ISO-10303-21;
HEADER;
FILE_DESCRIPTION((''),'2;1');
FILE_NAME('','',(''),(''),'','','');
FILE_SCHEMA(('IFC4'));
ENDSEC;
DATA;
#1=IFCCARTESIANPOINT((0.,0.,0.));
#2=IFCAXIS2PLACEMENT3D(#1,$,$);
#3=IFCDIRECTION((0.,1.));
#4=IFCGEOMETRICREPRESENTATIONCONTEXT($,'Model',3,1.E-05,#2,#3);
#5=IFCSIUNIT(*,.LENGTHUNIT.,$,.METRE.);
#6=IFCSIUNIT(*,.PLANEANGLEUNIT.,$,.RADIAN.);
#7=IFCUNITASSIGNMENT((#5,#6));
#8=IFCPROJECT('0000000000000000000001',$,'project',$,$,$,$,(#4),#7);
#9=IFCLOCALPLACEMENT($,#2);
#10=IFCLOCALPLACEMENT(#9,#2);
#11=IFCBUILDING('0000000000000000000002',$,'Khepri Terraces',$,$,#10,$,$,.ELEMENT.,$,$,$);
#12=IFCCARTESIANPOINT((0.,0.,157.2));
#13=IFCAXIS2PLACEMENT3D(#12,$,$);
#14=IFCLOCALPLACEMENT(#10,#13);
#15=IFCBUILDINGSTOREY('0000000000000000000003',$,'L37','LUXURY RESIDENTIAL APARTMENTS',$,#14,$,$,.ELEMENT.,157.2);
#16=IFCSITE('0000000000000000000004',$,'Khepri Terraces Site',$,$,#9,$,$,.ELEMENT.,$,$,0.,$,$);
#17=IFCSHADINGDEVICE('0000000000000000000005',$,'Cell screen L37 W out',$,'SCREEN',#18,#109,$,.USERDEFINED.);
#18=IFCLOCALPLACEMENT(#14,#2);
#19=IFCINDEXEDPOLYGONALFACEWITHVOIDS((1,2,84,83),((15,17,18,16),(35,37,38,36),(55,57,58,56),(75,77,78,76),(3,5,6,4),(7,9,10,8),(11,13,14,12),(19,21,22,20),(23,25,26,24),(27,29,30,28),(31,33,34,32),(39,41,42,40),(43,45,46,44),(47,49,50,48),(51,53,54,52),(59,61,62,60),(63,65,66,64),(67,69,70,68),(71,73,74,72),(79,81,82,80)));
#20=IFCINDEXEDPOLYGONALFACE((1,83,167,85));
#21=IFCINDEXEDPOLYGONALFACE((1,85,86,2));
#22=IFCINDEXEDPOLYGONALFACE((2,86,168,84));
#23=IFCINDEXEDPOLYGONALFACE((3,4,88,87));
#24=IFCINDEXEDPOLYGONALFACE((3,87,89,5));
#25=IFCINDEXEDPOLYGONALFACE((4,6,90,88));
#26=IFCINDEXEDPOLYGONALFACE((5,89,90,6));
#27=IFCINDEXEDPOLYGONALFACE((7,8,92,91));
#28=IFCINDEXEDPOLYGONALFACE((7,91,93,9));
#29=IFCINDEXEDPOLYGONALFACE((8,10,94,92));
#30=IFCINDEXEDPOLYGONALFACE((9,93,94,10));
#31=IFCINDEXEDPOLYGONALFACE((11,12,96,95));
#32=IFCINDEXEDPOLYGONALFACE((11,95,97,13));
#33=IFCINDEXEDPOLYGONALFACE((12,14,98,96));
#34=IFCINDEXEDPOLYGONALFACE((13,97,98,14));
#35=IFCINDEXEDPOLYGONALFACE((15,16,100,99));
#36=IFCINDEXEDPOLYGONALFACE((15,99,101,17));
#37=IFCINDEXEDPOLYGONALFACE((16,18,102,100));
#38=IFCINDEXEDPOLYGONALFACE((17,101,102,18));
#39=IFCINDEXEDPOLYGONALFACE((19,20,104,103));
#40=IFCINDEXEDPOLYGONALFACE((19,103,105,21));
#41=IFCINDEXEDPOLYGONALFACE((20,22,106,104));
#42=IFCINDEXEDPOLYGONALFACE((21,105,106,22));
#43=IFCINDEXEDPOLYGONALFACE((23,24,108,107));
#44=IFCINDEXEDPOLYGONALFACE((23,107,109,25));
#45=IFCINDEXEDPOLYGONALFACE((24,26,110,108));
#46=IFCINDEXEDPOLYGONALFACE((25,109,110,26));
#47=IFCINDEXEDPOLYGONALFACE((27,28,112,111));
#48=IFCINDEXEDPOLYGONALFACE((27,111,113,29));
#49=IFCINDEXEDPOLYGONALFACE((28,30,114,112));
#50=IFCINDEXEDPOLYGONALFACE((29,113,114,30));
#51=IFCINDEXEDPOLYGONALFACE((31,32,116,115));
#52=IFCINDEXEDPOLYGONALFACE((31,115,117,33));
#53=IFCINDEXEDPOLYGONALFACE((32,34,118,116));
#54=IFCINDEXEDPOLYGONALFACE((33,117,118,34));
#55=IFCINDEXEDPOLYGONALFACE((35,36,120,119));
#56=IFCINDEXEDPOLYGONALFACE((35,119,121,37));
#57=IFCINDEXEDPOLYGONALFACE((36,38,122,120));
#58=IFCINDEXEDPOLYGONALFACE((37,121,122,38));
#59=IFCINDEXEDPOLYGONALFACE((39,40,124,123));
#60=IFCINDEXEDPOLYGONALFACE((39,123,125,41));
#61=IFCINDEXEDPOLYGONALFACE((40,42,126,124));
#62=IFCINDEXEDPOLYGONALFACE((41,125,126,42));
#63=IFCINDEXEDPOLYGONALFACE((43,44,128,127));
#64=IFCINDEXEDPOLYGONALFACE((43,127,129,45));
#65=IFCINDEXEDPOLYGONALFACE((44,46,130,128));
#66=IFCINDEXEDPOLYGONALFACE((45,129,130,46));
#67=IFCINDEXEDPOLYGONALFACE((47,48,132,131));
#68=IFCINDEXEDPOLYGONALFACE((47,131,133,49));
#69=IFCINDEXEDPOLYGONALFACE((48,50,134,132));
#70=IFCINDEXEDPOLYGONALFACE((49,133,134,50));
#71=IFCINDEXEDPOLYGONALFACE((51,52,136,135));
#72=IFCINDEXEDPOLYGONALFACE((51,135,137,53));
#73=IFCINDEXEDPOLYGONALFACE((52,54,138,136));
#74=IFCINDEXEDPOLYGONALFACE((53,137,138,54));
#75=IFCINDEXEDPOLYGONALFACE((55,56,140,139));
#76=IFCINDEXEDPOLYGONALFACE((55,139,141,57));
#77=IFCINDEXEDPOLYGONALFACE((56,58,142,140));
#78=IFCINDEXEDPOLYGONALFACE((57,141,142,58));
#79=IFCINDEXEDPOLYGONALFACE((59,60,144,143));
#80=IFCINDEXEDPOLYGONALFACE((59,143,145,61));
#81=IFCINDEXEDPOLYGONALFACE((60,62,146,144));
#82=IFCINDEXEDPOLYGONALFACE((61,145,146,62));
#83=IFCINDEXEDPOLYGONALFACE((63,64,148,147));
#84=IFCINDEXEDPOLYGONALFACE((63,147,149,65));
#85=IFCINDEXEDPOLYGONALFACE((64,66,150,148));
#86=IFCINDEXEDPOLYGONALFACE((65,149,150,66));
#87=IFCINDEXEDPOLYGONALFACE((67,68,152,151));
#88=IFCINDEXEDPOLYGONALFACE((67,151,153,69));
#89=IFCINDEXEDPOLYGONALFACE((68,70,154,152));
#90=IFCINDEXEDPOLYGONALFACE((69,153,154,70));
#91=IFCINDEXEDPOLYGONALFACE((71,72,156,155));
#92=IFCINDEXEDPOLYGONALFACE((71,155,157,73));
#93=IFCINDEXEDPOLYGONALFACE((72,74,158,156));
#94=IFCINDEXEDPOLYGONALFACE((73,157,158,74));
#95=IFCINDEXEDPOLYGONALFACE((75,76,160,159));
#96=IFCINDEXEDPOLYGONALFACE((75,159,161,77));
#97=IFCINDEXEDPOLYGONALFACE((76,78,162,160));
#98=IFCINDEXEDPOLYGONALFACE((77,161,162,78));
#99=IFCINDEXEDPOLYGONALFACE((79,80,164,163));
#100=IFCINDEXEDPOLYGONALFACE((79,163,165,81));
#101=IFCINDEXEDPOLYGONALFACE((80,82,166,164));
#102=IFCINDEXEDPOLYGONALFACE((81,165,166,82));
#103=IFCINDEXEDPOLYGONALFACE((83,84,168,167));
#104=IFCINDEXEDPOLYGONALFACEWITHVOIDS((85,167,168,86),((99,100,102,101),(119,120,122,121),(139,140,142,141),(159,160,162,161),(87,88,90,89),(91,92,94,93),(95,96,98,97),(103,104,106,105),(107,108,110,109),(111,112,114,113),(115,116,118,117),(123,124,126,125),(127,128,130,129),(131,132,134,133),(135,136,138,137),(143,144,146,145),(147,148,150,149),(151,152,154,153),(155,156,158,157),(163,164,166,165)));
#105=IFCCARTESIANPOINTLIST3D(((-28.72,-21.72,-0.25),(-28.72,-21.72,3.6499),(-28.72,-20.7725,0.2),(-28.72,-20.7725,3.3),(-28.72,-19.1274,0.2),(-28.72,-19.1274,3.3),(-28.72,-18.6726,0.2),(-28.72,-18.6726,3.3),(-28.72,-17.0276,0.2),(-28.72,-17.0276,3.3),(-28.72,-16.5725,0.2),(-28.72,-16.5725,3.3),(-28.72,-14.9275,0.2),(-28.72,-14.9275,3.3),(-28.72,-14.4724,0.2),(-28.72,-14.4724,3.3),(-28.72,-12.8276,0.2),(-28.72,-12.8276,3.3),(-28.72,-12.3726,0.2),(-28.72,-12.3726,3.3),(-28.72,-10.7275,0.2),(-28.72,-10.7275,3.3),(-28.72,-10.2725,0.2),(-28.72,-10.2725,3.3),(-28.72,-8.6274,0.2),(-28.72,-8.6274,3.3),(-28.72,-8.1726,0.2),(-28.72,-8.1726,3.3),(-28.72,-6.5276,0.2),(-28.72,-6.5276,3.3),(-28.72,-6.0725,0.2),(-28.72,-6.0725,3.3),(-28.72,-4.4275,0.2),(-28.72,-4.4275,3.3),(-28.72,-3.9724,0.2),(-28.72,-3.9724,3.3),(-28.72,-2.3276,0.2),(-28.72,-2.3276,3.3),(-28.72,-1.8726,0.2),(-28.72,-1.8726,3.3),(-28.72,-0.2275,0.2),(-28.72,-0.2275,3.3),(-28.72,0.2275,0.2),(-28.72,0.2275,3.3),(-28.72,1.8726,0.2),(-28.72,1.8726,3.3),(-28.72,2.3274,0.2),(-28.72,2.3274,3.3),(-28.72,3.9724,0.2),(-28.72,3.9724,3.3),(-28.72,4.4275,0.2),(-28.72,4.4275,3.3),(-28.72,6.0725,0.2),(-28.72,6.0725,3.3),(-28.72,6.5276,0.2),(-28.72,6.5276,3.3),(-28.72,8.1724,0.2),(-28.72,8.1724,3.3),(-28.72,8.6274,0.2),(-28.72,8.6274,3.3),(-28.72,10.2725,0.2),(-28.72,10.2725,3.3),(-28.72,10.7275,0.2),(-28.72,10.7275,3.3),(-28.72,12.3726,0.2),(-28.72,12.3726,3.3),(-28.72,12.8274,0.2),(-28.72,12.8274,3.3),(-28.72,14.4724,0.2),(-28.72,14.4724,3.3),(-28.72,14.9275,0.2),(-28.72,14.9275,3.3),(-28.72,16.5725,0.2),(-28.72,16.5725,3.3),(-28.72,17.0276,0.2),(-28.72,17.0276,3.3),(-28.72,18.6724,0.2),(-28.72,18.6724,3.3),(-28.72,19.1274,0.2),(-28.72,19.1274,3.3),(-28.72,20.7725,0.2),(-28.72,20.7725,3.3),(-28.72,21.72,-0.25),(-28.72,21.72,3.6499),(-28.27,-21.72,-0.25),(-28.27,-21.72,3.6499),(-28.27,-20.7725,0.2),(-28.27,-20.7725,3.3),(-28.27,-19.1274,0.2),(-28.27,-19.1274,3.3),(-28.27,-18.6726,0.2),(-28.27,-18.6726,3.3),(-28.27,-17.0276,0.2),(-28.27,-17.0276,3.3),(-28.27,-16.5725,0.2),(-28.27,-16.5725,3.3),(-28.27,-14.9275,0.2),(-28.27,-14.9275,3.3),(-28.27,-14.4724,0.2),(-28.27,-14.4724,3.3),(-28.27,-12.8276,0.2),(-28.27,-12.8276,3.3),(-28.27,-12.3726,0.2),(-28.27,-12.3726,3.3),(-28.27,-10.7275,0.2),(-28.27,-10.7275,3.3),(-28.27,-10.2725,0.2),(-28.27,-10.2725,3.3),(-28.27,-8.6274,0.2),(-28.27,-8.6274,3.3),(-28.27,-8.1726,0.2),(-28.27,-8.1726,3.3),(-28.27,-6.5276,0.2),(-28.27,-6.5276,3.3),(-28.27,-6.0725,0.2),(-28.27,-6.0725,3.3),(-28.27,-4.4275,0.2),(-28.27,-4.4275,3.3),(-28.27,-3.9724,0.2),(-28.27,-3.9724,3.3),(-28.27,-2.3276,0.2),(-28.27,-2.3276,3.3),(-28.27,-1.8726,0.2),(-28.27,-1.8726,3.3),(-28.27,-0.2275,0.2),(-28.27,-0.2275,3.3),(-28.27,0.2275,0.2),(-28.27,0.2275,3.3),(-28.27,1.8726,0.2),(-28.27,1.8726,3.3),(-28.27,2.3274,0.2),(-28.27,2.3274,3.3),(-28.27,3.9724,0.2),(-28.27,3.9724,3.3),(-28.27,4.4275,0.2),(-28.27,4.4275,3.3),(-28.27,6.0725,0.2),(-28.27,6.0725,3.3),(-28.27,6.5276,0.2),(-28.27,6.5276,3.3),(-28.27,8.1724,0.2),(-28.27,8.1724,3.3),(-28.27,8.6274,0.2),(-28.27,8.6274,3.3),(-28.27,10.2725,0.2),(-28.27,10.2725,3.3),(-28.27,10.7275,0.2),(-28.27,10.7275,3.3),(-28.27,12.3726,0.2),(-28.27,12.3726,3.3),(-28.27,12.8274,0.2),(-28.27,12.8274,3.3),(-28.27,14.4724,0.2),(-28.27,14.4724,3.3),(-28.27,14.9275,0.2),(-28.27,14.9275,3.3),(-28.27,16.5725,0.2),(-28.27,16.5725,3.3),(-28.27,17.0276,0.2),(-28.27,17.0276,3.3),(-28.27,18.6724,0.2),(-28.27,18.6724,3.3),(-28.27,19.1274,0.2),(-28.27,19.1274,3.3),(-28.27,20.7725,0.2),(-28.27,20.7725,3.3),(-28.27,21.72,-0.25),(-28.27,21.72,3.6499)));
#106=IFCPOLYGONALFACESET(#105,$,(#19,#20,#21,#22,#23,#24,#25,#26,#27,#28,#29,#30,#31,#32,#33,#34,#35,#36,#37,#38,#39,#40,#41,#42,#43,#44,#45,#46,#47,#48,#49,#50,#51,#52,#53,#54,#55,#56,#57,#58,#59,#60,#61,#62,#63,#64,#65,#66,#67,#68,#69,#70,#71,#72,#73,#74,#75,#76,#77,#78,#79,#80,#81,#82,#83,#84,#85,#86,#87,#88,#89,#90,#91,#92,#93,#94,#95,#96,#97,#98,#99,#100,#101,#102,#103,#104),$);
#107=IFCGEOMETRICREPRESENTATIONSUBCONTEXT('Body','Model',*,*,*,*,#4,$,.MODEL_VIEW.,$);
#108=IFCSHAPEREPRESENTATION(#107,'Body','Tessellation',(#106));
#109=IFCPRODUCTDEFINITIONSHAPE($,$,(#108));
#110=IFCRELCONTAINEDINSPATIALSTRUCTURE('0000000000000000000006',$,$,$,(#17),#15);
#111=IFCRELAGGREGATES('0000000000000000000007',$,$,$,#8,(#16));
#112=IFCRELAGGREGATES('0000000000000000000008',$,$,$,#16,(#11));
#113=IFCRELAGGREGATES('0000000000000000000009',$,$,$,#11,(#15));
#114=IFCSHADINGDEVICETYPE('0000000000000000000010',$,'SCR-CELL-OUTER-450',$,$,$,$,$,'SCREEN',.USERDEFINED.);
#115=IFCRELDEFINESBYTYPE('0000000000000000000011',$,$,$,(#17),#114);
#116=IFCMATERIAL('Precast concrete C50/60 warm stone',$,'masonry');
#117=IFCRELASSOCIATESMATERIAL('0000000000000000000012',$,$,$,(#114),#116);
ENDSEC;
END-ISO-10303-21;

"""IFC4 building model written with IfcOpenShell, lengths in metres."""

from ifc_helpers import new_model, si_unit, direction, frame, origin, place, context, subcontext, project, spatial, polyline, outline, extrude, material, type_object, element, save


model = new_model("IFC4")

# Units and contexts
model_context = context("Model", 3, precision=1e-05, world=origin(), true_north=direction((0.0, 1.0)))
body_context = subcontext(model_context, "Body", "Model", "MODEL_VIEW")
ifc_project = project(units=[si_unit("LENGTHUNIT", "METRE"), si_unit("PLANEANGLEUNIT", "RADIAN")], contexts=[model_context])

# Site, building, storey
site_placement = place(None, origin())
site = spatial("IfcSite", under=ifc_project, at=site_placement, Name="Khepri Terraces Site", CompositionType="ELEMENT", RefElevation=0.0)
building_placement = place(site_placement, origin())
building = spatial("IfcBuilding", under=site, at=building_placement, Name="Khepri Terraces", CompositionType="ELEMENT")
storey_placement = place(building_placement, frame((0.0, 0.0, 157.2)))
storey = spatial("IfcBuildingStorey", under=building, at=storey_placement, Name="L37", Description="LUXURY RESIDENTIAL APARTMENTS", CompositionType="ELEMENT", Elevation=157.2)

# Shared definitions
ifc_material_1 = material(Name="Precast concrete C50/60 warm stone", Category="masonry")

# Shading device
shading_device_type_1 = type_object("IfcShadingDeviceType", Name="SCR-CELL-OUTER-450", ElementType="SCREEN", PredefinedType="USERDEFINED", material=ifc_material_1)
shading_device_1_placement = place(storey_placement, frame((-28.27, 21.72, -0.25), z_axis=(-1.0, 0.0, 0.0), x_axis=(0.0, -1.0, 0.0)))
element("IfcShadingDevice", 1, at=shading_device_1_placement, inside=storey, type_object=shading_device_type_1, Name="Cell screen L37 W out", ObjectType="SCREEN", PredefinedType="USERDEFINED", context=body_context, shape_type="SweptSolid", body=[
    extrude(outline(polyline([(0.0, 0.0), (43.4399, 0.0), (43.4399, 3.8999), (0.0, 3.8999), (0.0, 0.0)]), holes=[polyline([(0.9475, 0.45), (2.5925, 0.45), (2.5925, 3.55), (0.9475, 3.55), (0.9475, 0.45)]), polyline([(3.0476, 0.45), (4.6924, 0.45), (4.6924, 3.55), (3.0476, 3.55), (3.0476, 0.45)]), polyline([(5.1475, 0.45), (6.7925, 0.45), (6.7925, 3.55), (5.1475, 3.55), (5.1475, 0.45)]), polyline([(7.2476, 0.45), (8.8926, 0.45), (8.8926, 3.55), (7.2476, 3.55), (7.2476, 0.45)]), polyline([(9.3474, 0.45), (10.9924, 0.45), (10.9924, 3.55), (9.3474, 3.55), (9.3474, 0.45)]), polyline([(11.4475, 0.45), (13.0925, 0.45), (13.0925, 3.55), (11.4475, 3.55), (11.4475, 0.45)]), polyline([(13.5476, 0.45), (15.1924, 0.45), (15.1924, 3.55), (13.5476, 3.55), (13.5476, 0.45)]), polyline([(15.6475, 0.45), (17.2925, 0.45), (17.2925, 3.55), (15.6475, 3.55), (15.6475, 0.45)]), polyline([(17.7476, 0.45), (19.3926, 0.45), (19.3926, 3.55), (17.7476, 3.55), (17.7476, 0.45)]), polyline([(19.8474, 0.45), (21.4924, 0.45), (21.4924, 3.55), (19.8474, 3.55), (19.8474, 0.45)]), polyline([(21.9475, 0.45), (23.5925, 0.45), (23.5925, 3.55), (21.9475, 3.55), (21.9475, 0.45)]), polyline([(24.0476, 0.45), (25.6924, 0.45), (25.6924, 3.55), (24.0476, 3.55), (24.0476, 0.45)]), polyline([(26.1475, 0.45), (27.7925, 0.45), (27.7925, 3.55), (26.1475, 3.55), (26.1475, 0.45)]), polyline([(28.2476, 0.45), (29.8926, 0.45), (29.8926, 3.55), (28.2476, 3.55), (28.2476, 0.45)]), polyline([(30.3474, 0.45), (31.9924, 0.45), (31.9924, 3.55), (30.3474, 3.55), (30.3474, 0.45)]), polyline([(32.4475, 0.45), (34.0925, 0.45), (34.0925, 3.55), (32.4475, 3.55), (32.4475, 0.45)]), polyline([(34.5476, 0.45), (36.1924, 0.45), (36.1924, 3.55), (34.5476, 3.55), (34.5476, 0.45)]), polyline([(36.6475, 0.45), (38.2925, 0.45), (38.2925, 3.55), (36.6475, 3.55), (36.6475, 0.45)]), polyline([(38.7476, 0.45), (40.3926, 0.45), (40.3926, 3.55), (38.7476, 3.55), (38.7476, 0.45)]), polyline([(40.8474, 0.45), (42.4924, 0.45), (42.4924, 3.55), (40.8474, 3.55), (40.8474, 0.45)])]), origin(), (0.0, 0.0, 1.0), 0.45),
])

save(model, "model.ifc")
